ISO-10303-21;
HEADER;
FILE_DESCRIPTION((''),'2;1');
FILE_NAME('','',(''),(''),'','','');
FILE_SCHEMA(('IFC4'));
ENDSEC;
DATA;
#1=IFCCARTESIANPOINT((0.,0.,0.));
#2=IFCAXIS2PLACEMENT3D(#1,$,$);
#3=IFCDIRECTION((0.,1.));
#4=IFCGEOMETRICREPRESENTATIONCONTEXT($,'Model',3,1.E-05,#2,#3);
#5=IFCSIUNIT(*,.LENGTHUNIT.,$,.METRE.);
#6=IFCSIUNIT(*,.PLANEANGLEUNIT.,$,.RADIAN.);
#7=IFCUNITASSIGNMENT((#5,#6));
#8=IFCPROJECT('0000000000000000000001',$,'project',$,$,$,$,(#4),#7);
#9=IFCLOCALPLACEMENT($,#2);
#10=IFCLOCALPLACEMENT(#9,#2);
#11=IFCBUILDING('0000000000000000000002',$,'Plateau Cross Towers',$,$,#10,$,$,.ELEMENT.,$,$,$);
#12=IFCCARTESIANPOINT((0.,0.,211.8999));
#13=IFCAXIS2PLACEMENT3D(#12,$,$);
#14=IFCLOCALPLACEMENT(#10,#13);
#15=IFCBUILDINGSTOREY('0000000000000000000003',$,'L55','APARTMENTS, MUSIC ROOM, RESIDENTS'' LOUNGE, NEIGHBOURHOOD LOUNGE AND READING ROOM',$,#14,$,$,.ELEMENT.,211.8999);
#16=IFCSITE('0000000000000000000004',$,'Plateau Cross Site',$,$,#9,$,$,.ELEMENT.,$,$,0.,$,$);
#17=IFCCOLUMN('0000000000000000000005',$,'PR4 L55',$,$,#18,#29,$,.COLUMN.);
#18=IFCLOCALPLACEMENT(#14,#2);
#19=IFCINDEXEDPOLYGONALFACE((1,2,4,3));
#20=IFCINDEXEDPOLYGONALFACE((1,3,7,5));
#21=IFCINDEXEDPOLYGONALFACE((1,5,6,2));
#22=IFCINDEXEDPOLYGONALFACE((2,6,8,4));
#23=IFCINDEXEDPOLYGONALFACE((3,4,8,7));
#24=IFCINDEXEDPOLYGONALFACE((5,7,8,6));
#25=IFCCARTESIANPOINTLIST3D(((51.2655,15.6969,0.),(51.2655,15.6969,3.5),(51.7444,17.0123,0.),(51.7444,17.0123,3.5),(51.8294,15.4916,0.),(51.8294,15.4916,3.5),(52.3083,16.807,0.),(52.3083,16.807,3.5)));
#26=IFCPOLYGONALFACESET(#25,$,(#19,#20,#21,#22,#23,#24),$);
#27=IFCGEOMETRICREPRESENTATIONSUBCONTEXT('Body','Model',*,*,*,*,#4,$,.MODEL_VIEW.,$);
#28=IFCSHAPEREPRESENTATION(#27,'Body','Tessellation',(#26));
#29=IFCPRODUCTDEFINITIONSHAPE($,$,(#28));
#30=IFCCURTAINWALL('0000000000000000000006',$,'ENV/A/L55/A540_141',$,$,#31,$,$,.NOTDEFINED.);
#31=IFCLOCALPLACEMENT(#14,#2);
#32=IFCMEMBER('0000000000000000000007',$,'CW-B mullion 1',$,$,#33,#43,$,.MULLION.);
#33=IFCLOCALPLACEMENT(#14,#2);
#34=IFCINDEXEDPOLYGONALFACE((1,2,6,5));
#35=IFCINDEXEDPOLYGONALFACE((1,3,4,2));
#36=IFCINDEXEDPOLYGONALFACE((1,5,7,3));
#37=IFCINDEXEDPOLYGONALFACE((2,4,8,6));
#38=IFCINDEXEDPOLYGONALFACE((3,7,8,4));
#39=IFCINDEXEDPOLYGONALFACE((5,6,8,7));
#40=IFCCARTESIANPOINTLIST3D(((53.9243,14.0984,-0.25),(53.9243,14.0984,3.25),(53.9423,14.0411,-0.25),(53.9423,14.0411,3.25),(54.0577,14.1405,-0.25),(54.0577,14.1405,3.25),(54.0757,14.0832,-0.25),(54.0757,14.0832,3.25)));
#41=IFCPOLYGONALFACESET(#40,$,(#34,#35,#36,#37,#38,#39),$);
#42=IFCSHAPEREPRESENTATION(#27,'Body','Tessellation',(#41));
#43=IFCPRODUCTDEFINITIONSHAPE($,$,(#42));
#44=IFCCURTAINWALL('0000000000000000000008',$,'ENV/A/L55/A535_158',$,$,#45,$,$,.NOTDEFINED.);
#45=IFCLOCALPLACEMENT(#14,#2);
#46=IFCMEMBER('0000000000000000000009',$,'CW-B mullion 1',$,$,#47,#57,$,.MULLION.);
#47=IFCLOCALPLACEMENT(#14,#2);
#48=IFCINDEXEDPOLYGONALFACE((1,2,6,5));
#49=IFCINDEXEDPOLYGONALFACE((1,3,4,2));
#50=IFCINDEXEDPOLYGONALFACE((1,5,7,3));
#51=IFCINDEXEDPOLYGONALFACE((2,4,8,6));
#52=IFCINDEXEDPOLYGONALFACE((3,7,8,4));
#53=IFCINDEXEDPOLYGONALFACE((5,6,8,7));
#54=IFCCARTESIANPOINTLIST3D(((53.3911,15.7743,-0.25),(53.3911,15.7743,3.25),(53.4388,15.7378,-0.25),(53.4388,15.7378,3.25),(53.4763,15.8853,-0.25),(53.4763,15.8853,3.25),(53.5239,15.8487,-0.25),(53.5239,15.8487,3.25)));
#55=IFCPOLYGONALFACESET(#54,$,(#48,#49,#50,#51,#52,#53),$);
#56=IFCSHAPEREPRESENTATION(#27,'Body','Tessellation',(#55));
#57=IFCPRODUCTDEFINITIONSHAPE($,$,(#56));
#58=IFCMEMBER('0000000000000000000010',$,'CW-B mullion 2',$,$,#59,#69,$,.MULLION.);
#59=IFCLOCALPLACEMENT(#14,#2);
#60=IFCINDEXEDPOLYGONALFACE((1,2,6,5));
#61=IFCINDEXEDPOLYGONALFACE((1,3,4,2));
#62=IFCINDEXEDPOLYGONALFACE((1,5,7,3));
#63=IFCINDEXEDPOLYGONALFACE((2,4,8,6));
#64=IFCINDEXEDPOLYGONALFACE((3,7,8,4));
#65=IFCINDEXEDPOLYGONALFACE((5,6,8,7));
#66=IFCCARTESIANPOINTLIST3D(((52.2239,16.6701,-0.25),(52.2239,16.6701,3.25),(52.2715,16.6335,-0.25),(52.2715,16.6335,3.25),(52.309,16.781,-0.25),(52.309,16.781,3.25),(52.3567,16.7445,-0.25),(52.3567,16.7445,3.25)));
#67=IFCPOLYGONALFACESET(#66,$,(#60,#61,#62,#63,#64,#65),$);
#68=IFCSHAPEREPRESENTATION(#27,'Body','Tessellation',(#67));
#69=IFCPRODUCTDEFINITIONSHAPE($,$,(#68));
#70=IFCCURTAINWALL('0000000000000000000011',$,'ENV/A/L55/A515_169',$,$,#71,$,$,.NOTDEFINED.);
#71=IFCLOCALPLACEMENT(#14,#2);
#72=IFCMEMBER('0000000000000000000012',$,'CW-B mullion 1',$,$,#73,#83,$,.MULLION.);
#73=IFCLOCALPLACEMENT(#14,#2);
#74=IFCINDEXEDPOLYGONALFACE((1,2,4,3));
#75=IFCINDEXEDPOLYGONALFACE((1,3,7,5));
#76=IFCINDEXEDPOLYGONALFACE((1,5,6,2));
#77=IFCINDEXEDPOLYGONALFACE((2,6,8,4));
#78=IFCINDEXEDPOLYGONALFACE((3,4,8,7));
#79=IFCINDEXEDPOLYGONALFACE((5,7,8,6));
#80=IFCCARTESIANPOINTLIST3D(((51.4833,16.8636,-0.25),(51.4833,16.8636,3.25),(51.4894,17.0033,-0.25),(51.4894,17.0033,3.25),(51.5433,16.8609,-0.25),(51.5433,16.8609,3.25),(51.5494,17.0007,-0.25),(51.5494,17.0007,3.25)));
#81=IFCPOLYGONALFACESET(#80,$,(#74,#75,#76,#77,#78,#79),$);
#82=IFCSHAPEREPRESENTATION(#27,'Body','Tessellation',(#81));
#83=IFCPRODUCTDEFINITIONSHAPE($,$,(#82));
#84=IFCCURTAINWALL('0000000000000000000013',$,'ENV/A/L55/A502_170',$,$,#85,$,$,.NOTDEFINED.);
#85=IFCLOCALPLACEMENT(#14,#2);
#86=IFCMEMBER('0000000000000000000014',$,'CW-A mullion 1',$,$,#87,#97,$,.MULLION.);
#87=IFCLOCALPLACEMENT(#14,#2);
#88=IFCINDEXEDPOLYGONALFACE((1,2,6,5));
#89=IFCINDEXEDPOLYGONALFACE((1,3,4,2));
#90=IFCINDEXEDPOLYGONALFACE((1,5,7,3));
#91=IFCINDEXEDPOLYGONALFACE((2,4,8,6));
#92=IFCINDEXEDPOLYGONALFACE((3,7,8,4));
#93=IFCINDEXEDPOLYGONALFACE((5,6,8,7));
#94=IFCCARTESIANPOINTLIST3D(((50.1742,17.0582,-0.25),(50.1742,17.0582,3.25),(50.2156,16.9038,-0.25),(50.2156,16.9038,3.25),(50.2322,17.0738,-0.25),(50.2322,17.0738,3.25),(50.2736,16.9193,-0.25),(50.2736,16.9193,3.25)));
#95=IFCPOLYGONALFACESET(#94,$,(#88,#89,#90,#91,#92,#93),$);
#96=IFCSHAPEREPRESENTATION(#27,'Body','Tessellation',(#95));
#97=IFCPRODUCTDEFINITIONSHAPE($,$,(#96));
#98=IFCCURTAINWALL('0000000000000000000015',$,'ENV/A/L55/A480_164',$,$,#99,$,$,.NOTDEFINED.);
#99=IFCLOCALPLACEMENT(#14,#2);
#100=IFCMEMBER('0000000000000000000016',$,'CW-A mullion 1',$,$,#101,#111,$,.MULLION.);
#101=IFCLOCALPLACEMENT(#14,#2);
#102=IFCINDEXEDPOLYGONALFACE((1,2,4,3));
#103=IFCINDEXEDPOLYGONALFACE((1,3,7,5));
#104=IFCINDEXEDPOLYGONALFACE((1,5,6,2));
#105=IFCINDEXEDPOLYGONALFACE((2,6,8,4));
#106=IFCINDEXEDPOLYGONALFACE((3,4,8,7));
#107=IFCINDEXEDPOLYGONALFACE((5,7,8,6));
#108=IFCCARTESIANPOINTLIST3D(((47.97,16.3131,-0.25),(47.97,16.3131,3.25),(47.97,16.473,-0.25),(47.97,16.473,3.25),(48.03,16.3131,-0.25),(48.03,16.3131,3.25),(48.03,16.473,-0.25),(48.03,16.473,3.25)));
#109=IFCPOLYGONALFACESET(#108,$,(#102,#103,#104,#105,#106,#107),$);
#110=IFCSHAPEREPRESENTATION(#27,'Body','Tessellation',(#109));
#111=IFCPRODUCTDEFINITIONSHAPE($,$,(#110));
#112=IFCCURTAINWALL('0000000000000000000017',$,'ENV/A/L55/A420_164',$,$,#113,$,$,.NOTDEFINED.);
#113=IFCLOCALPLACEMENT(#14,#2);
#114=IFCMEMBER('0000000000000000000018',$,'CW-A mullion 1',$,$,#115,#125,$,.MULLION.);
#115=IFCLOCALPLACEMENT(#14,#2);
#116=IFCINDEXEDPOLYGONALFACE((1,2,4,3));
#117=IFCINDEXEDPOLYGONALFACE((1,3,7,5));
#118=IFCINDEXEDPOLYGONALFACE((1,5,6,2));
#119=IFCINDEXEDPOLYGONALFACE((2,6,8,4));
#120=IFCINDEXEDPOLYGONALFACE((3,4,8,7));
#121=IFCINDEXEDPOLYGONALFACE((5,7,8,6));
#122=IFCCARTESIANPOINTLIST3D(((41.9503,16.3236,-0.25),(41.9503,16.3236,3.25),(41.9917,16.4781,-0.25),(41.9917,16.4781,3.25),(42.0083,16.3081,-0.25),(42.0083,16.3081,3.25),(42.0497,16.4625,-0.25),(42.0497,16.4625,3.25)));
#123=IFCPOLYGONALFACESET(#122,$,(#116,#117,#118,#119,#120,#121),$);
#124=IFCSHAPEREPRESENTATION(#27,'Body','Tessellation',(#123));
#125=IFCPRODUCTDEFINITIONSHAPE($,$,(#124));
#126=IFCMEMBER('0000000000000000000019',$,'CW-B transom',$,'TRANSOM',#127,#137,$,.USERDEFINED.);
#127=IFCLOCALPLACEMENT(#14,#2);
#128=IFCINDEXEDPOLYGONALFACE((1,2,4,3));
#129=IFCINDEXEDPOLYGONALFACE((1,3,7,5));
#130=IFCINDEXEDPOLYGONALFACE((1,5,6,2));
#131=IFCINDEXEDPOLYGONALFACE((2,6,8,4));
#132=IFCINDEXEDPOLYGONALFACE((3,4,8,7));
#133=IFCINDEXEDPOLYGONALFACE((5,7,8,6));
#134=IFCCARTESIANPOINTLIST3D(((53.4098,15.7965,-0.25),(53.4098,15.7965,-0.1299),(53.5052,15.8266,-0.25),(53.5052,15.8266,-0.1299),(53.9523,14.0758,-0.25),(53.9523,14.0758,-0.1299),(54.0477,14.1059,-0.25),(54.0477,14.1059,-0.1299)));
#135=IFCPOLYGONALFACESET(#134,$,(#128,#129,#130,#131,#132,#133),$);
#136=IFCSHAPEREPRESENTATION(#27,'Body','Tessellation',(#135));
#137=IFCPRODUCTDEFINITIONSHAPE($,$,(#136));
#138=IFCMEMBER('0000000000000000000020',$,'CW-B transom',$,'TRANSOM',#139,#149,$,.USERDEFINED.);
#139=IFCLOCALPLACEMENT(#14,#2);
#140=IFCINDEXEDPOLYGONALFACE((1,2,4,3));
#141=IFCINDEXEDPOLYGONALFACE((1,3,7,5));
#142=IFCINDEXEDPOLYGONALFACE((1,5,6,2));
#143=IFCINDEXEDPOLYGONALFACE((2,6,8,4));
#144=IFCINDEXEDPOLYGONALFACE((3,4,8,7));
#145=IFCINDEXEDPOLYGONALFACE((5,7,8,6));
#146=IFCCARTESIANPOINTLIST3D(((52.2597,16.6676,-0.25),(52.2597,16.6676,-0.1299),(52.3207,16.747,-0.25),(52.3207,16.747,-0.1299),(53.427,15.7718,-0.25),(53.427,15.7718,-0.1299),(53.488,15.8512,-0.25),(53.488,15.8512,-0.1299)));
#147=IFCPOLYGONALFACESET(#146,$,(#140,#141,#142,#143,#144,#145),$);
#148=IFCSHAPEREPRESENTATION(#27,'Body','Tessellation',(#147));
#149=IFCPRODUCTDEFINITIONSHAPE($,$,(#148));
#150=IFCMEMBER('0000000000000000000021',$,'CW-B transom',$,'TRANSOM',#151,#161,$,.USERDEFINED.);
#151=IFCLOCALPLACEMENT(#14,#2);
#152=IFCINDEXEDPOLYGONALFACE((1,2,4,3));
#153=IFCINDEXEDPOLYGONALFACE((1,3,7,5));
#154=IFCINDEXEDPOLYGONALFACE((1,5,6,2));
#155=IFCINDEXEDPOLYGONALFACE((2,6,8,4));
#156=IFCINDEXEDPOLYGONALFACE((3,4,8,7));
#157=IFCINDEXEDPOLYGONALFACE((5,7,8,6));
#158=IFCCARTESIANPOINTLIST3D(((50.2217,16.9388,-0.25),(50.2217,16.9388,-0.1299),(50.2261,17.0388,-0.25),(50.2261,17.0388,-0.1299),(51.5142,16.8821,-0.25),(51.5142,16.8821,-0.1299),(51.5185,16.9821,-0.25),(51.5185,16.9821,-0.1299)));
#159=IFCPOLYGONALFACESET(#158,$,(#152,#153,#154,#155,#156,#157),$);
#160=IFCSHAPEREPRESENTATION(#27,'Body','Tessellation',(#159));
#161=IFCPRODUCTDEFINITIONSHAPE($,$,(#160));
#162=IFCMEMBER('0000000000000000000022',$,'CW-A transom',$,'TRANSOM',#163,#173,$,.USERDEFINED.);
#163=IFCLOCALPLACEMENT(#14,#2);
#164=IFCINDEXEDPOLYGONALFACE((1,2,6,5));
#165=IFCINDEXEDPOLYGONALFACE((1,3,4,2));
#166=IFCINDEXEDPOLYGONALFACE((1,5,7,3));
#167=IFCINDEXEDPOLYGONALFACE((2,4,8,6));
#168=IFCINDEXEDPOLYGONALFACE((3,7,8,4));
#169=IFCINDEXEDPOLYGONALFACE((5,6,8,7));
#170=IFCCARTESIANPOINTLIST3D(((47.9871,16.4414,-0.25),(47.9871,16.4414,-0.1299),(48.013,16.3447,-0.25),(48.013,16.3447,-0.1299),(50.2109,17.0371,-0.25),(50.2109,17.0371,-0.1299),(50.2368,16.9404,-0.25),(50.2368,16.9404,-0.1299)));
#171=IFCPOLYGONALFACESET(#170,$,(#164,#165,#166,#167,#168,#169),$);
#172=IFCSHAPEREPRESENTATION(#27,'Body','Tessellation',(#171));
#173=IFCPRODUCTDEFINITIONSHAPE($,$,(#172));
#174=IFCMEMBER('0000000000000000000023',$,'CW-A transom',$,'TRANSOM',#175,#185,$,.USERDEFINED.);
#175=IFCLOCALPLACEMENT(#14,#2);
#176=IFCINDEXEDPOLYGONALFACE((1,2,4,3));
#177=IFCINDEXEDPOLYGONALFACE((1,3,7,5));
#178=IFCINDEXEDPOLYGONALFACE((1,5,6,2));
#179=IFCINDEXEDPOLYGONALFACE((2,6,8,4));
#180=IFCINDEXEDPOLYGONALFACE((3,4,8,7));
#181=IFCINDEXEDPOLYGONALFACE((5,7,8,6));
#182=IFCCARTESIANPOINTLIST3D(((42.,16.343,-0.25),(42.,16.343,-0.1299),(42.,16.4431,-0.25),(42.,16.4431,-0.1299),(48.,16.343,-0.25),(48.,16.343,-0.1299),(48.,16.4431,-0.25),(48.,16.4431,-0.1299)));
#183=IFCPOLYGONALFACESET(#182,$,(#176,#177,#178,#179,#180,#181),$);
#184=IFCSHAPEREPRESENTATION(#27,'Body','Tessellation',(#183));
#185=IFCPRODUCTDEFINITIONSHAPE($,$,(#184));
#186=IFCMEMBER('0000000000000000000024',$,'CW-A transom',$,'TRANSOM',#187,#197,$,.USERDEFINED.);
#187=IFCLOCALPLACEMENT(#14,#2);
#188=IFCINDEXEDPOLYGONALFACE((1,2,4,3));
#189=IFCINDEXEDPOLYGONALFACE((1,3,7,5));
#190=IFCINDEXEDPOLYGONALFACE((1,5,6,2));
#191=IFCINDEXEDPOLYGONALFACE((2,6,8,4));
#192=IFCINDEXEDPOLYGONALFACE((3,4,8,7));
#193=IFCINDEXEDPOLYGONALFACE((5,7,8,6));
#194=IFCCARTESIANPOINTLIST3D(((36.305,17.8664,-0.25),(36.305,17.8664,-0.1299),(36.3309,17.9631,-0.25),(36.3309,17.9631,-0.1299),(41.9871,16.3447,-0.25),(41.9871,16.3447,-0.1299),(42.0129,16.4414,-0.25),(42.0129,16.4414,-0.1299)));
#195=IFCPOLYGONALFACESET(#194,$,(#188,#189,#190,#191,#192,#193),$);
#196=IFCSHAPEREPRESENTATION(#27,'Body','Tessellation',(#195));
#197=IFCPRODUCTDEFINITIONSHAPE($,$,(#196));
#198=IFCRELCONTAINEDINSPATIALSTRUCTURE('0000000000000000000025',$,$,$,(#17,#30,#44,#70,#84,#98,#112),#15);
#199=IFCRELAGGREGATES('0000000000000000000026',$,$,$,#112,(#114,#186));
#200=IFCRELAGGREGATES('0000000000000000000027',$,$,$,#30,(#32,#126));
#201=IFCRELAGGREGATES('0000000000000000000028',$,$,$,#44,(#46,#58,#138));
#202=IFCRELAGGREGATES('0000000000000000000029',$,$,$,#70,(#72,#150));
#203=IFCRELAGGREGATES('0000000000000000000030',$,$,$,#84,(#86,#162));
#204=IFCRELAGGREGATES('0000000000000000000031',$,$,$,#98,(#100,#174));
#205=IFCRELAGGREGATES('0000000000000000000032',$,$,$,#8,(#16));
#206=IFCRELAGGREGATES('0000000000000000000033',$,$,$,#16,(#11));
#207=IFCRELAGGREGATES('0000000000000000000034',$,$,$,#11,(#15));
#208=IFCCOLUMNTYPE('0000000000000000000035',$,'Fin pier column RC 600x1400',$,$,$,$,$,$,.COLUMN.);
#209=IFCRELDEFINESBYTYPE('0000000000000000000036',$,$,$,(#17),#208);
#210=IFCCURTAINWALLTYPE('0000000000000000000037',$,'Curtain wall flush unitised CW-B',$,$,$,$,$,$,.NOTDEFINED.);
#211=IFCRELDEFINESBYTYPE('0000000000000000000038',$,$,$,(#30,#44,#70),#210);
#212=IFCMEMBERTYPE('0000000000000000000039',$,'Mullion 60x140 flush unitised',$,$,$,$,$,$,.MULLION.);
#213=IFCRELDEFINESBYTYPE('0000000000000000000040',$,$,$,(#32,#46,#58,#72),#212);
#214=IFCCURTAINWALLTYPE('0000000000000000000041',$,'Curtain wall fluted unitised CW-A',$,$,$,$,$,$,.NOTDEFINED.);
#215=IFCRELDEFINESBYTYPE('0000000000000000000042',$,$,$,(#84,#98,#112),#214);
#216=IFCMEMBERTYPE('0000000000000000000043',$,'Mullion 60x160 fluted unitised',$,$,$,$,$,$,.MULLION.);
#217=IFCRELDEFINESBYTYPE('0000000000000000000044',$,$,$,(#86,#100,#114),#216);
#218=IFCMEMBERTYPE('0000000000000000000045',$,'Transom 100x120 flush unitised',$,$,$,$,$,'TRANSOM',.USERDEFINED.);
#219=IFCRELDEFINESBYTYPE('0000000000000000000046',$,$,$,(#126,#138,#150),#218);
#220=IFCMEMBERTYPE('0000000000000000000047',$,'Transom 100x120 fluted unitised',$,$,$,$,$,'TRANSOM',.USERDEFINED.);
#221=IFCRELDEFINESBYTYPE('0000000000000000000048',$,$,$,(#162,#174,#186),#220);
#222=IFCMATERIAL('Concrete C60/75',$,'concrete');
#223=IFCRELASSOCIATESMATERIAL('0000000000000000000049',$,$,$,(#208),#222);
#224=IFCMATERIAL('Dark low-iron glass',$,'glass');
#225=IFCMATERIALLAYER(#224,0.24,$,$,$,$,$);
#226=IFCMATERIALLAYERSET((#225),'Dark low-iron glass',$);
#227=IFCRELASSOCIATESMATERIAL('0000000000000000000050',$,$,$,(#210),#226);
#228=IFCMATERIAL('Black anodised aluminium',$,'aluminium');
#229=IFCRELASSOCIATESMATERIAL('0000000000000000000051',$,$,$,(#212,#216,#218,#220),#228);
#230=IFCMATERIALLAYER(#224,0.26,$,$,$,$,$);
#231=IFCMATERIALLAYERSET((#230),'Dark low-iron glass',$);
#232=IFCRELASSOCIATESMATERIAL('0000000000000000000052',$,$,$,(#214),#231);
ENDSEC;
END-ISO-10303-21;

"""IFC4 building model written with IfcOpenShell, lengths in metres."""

from ifc_helpers import new_model, si_unit, direction, frame, origin, origin_2d, place, context, subcontext, project, spatial, rectangle, extrude, material, layer, layer_set, material_profile, profile_set, type_object, element, aggregate, save


model = new_model("IFC4")

# Units and contexts
model_context = context("Model", 3, precision=1e-05, world=origin(), true_north=direction((0.0, 1.0)))
body_context = subcontext(model_context, "Body", "Model", "MODEL_VIEW")
ifc_project = project(units=[si_unit("LENGTHUNIT", "METRE"), si_unit("PLANEANGLEUNIT", "RADIAN")], contexts=[model_context])

# Site, building, storey
site_placement = place(None, origin())
site = spatial("IfcSite", under=ifc_project, at=site_placement, Name="Plateau Cross Site", CompositionType="ELEMENT", RefElevation=0.0)
building_placement = place(site_placement, origin())
building = spatial("IfcBuilding", under=site, at=building_placement, Name="Plateau Cross Towers", CompositionType="ELEMENT")
storey_placement = place(building_placement, frame((0.0, 0.0, 211.8999)))
storey = spatial("IfcBuildingStorey", under=building, at=storey_placement, Name="L55", Description="APARTMENTS, MUSIC ROOM, RESIDENTS' LOUNGE, NEIGHBOURHOOD LOUNGE AND READING ROOM", CompositionType="ELEMENT", Elevation=211.8999)

# Column
ifc_material_1 = material(Name="Concrete C60/75", Category="concrete")
ifc_material_profile_1 = material_profile(ifc_material_1, rectangle(XDim=0.6001, YDim=1.3999, at=origin_2d()), Name="RC 600x1400")
ifc_profile_set_1 = profile_set([ifc_material_profile_1], Name="Concrete C60/75")
column_type = type_object("IfcColumnType", Name="Fin pier column RC 600x1400", PredefinedType="COLUMN", material=ifc_profile_set_1)
column_placement = place(storey_placement, frame((51.7869, 16.252, 0.0), z_axis=(0.0, 0.0, 1.0), x_axis=(-0.939664, 0.342098, 0.0)))
element("IfcColumn", 1, at=column_placement, inside=storey, type_object=column_type, Name="PR4 L55", PredefinedType="COLUMN", context=body_context, shape_type="SweptSolid", body=[
    extrude(rectangle(XDim=0.6001, YDim=1.3999, at=origin_2d()), origin(), (0.0, 0.0, 1.0), 3.5),
])

# Curtain wall, member
ifc_material_2 = material(Name="Dark low-iron glass", Category="glass")
ifc_layer_1 = layer(ifc_material_2, 0.24)
ifc_layer_set_1 = layer_set([ifc_layer_1], Name="Dark low-iron glass")
curtain_wall_type_1 = type_object("IfcCurtainWallType", Name="Curtain wall flush unitised CW-B", PredefinedType="NOTDEFINED", material=ifc_layer_set_1)
curtain_wall_1_placement = place(storey_placement, origin())
curtain_wall_1 = element("IfcCurtainWall", 2, at=curtain_wall_1_placement, inside=storey, type_object=curtain_wall_type_1, Name="ENV/A/L55/A540_141", PredefinedType="NOTDEFINED")
ifc_material_3 = material(Name="Black anodised aluminium", Category="aluminium")
ifc_material_profile_2 = material_profile(ifc_material_3, rectangle(XDim=0.0601, YDim=0.1399, at=origin_2d()), Name="MULLION 60x140")
ifc_profile_set_2 = profile_set([ifc_material_profile_2], Name="Black anodised aluminium")
member_type_1 = type_object("IfcMemberType", Name="Mullion 60x140 flush unitised", PredefinedType="MULLION", material=ifc_profile_set_2)
member_1_placement = place(storey_placement, frame((54.0, 14.0908, -0.25), z_axis=(0.0, 0.0, 1.0), x_axis=(-0.300686, 0.953723, 0.0)))
member_1 = element("IfcMember", 3, at=member_1_placement, type_object=member_type_1, Name="CW-B mullion 1", PredefinedType="MULLION", context=body_context, shape_type="SweptSolid", body=[
    extrude(rectangle(XDim=0.0601, YDim=0.1399, at=origin_2d()), origin(), (0.0, 0.0, 1.0), 3.5),
])

# Curtain wall, members
curtain_wall_2_placement = place(storey_placement, origin())
curtain_wall_2 = element("IfcCurtainWall", 4, at=curtain_wall_2_placement, inside=storey, type_object=curtain_wall_type_1, Name="ENV/A/L55/A535_158", PredefinedType="NOTDEFINED")
member_2_placement = place(storey_placement, frame((53.4575, 15.8115, -0.25), z_axis=(0.0, 0.0, 1.0), x_axis=(-0.793316, 0.608811, 0.0)))
member_2 = element("IfcMember", 5, at=member_2_placement, type_object=member_type_1, Name="CW-B mullion 1", PredefinedType="MULLION", context=body_context, shape_type="SweptSolid", body=[
    extrude(rectangle(XDim=0.0601, YDim=0.1399, at=origin_2d()), origin(), (0.0, 0.0, 1.0), 3.5),
])
member_3_placement = place(storey_placement, frame((52.2903, 16.7073, -0.25), z_axis=(0.0, 0.0, 1.0), x_axis=(-0.793316, 0.608811, 0.0)))
member_3 = element("IfcMember", 6, at=member_3_placement, type_object=member_type_1, Name="CW-B mullion 2", PredefinedType="MULLION", context=body_context, shape_type="SweptSolid", body=[
    extrude(rectangle(XDim=0.0601, YDim=0.1399, at=origin_2d()), origin(), (0.0, 0.0, 1.0), 3.5),
])

# Curtain walls, members
curtain_wall_3_placement = place(storey_placement, origin())
curtain_wall_3 = element("IfcCurtainWall", 7, at=curtain_wall_3_placement, inside=storey, type_object=curtain_wall_type_1, Name="ENV/A/L55/A515_169", PredefinedType="NOTDEFINED")
member_4_placement = place(storey_placement, frame((51.5164, 16.9321, -0.25), z_axis=(0.0, 0.0, 1.0), x_axis=(-0.999044, 0.043723, 0.0)))
member_4 = element("IfcMember", 8, at=member_4_placement, type_object=member_type_1, Name="CW-B mullion 1", PredefinedType="MULLION", context=body_context, shape_type="SweptSolid", body=[
    extrude(rectangle(XDim=0.0601, YDim=0.1399, at=origin_2d()), origin(), (0.0, 0.0, 1.0), 3.5),
])
ifc_layer_2 = layer(ifc_material_2, 0.26)
ifc_layer_set_2 = layer_set([ifc_layer_2], Name="Dark low-iron glass")
curtain_wall_type_2 = type_object("IfcCurtainWallType", Name="Curtain wall fluted unitised CW-A", PredefinedType="NOTDEFINED", material=ifc_layer_set_2)
curtain_wall_4_placement = place(storey_placement, origin())
curtain_wall_4 = element("IfcCurtainWall", 9, at=curtain_wall_4_placement, inside=storey, type_object=curtain_wall_type_2, Name="ENV/A/L55/A502_170", PredefinedType="NOTDEFINED")
ifc_material_profile_3 = material_profile(ifc_material_3, rectangle(XDim=0.0601, YDim=0.1599, at=origin_2d()), Name="MULLION 60x160")
ifc_profile_set_3 = profile_set([ifc_material_profile_3], Name="Black anodised aluminium")
member_type_2 = type_object("IfcMemberType", Name="Mullion 60x160 fluted unitised", PredefinedType="MULLION", material=ifc_profile_set_3)
member_5_placement = place(storey_placement, frame((50.2239, 16.9888, -0.25), z_axis=(0.0, 0.0, 1.0), x_axis=(-0.965958, -0.258699, 0.0)))
member_5 = element("IfcMember", 10, at=member_5_placement, type_object=member_type_2, Name="CW-A mullion 1", PredefinedType="MULLION", context=body_context, shape_type="SweptSolid", body=[
    extrude(rectangle(XDim=0.0601, YDim=0.1599, at=origin_2d()), origin(), (0.0, 0.0, 1.0), 3.5),
])
curtain_wall_5_placement = place(storey_placement, origin())
curtain_wall_5 = element("IfcCurtainWall", 11, at=curtain_wall_5_placement, inside=storey, type_object=curtain_wall_type_2, Name="ENV/A/L55/A480_164", PredefinedType="NOTDEFINED")
member_6_placement = place(storey_placement, frame((48.0, 16.3931, -0.25), z_axis=(0.0, 0.0, 1.0), x_axis=(-1.0, 0.0, 0.0)))
member_6 = element("IfcMember", 12, at=member_6_placement, type_object=member_type_2, Name="CW-A mullion 1", PredefinedType="MULLION", context=body_context, shape_type="SweptSolid", body=[
    extrude(rectangle(XDim=0.0601, YDim=0.1599, at=origin_2d()), origin(), (0.0, 0.0, 1.0), 3.5),
])
curtain_wall_6_placement = place(storey_placement, origin())
curtain_wall_6 = element("IfcCurtainWall", 13, at=curtain_wall_6_placement, inside=storey, type_object=curtain_wall_type_2, Name="ENV/A/L55/A420_164", PredefinedType="NOTDEFINED")
member_7_placement = place(storey_placement, frame((42.0, 16.3931, -0.25), z_axis=(0.0, 0.0, 1.0), x_axis=(-0.965958, 0.258699, 0.0)))
member_7 = element("IfcMember", 14, at=member_7_placement, type_object=member_type_2, Name="CW-A mullion 1", PredefinedType="MULLION", context=body_context, shape_type="SweptSolid", body=[
    extrude(rectangle(XDim=0.0601, YDim=0.1599, at=origin_2d()), origin(), (0.0, 0.0, 1.0), 3.5),
])

# Members
ifc_material_profile_4 = material_profile(ifc_material_3, rectangle(XDim=0.1001, YDim=0.1201, at=origin_2d()), Name="TRANSOM 100x120")
ifc_profile_set_4 = profile_set([ifc_material_profile_4], Name="Black anodised aluminium")
member_type_3 = type_object("IfcMemberType", Name="Transom 100x120 flush unitised", ElementType="TRANSOM", PredefinedType="USERDEFINED", material=ifc_profile_set_4)
member_8_placement = place(storey_placement, frame((54.0, 14.0908, -0.1899), z_axis=(-0.300678, 0.953726, 0.0), x_axis=(-0.953726, -0.300678, 0.0)))
member_8 = element("IfcMember", 15, at=member_8_placement, type_object=member_type_3, Name="CW-B transom", ObjectType="TRANSOM", PredefinedType="USERDEFINED", context=body_context, shape_type="SweptSolid", body=[
    extrude(rectangle(XDim=0.1001, YDim=0.1201, at=origin_2d()), origin(), (0.0, 0.0, 1.0), 1.8042),
])
member_9_placement = place(storey_placement, frame((53.4575, 15.8115, -0.1899), z_axis=(-0.793321, 0.608804, 0.0), x_axis=(-0.608804, -0.793321, 0.0)))
member_9 = element("IfcMember", 16, at=member_9_placement, type_object=member_type_3, Name="CW-B transom", ObjectType="TRANSOM", PredefinedType="USERDEFINED", context=body_context, shape_type="SweptSolid", body=[
    extrude(rectangle(XDim=0.1001, YDim=0.1201, at=origin_2d()), origin(), (0.0, 0.0, 1.0), 1.4714),
])
member_10_placement = place(storey_placement, frame((51.5164, 16.9321, -0.1899), z_axis=(-0.999041, 0.043781, 0.0), x_axis=(-0.043781, -0.999041, 0.0)))
member_10 = element("IfcMember", 17, at=member_10_placement, type_object=member_type_3, Name="CW-B transom", ObjectType="TRANSOM", PredefinedType="USERDEFINED", context=body_context, shape_type="SweptSolid", body=[
    extrude(rectangle(XDim=0.1001, YDim=0.1201, at=origin_2d()), origin(), (0.0, 0.0, 1.0), 1.2937),
])
ifc_material_profile_5 = material_profile(ifc_material_3, rectangle(XDim=0.1001, YDim=0.1201, at=origin_2d()), Name="TRANSOM 100x120")
ifc_profile_set_5 = profile_set([ifc_material_profile_5], Name="Black anodised aluminium")
member_type_4 = type_object("IfcMemberType", Name="Transom 100x120 fluted unitised", ElementType="TRANSOM", PredefinedType="USERDEFINED", material=ifc_profile_set_5)
member_11_placement = place(storey_placement, frame((50.2239, 16.9888, -0.1899), z_axis=(-0.965946, -0.258745, 0.0), x_axis=(0.258745, -0.965946, 0.0)))
member_11 = element("IfcMember", 18, at=member_11_placement, type_object=member_type_4, Name="CW-A transom", ObjectType="TRANSOM", PredefinedType="USERDEFINED", context=body_context, shape_type="SweptSolid", body=[
    extrude(rectangle(XDim=0.1001, YDim=0.1201, at=origin_2d()), origin(), (0.0, 0.0, 1.0), 2.3022),
])
member_12_placement = place(storey_placement, frame((48.0, 16.3931, -0.1899), z_axis=(-1.0, 0.0, 0.0), x_axis=(0.0, -1.0, 0.0)))
member_12 = element("IfcMember", 19, at=member_12_placement, type_object=member_type_4, Name="CW-A transom", ObjectType="TRANSOM", PredefinedType="USERDEFINED", context=body_context, shape_type="SweptSolid", body=[
    extrude(rectangle(XDim=0.1001, YDim=0.1201, at=origin_2d()), origin(), (0.0, 0.0, 1.0), 6.0),
])
member_13_placement = place(storey_placement, frame((42.0, 16.3931, -0.1899), z_axis=(-0.96596, 0.258693, 0.0), x_axis=(-0.258693, -0.96596, 0.0)))
member_13 = element("IfcMember", 20, at=member_13_placement, type_object=member_type_4, Name="CW-A transom", ObjectType="TRANSOM", PredefinedType="USERDEFINED", context=body_context, shape_type="SweptSolid", body=[
    extrude(rectangle(XDim=0.1001, YDim=0.1201, at=origin_2d()), origin(), (0.0, 0.0, 1.0), 5.8823),
])
aggregate(curtain_wall_6, [member_7, member_13])

aggregate(curtain_wall_1, [member_1, member_8])
aggregate(curtain_wall_2, [member_2, member_3, member_9])
aggregate(curtain_wall_3, [member_4, member_10])
aggregate(curtain_wall_4, [member_5, member_11])
aggregate(curtain_wall_5, [member_6, member_12])

save(model, "model.ifc")
